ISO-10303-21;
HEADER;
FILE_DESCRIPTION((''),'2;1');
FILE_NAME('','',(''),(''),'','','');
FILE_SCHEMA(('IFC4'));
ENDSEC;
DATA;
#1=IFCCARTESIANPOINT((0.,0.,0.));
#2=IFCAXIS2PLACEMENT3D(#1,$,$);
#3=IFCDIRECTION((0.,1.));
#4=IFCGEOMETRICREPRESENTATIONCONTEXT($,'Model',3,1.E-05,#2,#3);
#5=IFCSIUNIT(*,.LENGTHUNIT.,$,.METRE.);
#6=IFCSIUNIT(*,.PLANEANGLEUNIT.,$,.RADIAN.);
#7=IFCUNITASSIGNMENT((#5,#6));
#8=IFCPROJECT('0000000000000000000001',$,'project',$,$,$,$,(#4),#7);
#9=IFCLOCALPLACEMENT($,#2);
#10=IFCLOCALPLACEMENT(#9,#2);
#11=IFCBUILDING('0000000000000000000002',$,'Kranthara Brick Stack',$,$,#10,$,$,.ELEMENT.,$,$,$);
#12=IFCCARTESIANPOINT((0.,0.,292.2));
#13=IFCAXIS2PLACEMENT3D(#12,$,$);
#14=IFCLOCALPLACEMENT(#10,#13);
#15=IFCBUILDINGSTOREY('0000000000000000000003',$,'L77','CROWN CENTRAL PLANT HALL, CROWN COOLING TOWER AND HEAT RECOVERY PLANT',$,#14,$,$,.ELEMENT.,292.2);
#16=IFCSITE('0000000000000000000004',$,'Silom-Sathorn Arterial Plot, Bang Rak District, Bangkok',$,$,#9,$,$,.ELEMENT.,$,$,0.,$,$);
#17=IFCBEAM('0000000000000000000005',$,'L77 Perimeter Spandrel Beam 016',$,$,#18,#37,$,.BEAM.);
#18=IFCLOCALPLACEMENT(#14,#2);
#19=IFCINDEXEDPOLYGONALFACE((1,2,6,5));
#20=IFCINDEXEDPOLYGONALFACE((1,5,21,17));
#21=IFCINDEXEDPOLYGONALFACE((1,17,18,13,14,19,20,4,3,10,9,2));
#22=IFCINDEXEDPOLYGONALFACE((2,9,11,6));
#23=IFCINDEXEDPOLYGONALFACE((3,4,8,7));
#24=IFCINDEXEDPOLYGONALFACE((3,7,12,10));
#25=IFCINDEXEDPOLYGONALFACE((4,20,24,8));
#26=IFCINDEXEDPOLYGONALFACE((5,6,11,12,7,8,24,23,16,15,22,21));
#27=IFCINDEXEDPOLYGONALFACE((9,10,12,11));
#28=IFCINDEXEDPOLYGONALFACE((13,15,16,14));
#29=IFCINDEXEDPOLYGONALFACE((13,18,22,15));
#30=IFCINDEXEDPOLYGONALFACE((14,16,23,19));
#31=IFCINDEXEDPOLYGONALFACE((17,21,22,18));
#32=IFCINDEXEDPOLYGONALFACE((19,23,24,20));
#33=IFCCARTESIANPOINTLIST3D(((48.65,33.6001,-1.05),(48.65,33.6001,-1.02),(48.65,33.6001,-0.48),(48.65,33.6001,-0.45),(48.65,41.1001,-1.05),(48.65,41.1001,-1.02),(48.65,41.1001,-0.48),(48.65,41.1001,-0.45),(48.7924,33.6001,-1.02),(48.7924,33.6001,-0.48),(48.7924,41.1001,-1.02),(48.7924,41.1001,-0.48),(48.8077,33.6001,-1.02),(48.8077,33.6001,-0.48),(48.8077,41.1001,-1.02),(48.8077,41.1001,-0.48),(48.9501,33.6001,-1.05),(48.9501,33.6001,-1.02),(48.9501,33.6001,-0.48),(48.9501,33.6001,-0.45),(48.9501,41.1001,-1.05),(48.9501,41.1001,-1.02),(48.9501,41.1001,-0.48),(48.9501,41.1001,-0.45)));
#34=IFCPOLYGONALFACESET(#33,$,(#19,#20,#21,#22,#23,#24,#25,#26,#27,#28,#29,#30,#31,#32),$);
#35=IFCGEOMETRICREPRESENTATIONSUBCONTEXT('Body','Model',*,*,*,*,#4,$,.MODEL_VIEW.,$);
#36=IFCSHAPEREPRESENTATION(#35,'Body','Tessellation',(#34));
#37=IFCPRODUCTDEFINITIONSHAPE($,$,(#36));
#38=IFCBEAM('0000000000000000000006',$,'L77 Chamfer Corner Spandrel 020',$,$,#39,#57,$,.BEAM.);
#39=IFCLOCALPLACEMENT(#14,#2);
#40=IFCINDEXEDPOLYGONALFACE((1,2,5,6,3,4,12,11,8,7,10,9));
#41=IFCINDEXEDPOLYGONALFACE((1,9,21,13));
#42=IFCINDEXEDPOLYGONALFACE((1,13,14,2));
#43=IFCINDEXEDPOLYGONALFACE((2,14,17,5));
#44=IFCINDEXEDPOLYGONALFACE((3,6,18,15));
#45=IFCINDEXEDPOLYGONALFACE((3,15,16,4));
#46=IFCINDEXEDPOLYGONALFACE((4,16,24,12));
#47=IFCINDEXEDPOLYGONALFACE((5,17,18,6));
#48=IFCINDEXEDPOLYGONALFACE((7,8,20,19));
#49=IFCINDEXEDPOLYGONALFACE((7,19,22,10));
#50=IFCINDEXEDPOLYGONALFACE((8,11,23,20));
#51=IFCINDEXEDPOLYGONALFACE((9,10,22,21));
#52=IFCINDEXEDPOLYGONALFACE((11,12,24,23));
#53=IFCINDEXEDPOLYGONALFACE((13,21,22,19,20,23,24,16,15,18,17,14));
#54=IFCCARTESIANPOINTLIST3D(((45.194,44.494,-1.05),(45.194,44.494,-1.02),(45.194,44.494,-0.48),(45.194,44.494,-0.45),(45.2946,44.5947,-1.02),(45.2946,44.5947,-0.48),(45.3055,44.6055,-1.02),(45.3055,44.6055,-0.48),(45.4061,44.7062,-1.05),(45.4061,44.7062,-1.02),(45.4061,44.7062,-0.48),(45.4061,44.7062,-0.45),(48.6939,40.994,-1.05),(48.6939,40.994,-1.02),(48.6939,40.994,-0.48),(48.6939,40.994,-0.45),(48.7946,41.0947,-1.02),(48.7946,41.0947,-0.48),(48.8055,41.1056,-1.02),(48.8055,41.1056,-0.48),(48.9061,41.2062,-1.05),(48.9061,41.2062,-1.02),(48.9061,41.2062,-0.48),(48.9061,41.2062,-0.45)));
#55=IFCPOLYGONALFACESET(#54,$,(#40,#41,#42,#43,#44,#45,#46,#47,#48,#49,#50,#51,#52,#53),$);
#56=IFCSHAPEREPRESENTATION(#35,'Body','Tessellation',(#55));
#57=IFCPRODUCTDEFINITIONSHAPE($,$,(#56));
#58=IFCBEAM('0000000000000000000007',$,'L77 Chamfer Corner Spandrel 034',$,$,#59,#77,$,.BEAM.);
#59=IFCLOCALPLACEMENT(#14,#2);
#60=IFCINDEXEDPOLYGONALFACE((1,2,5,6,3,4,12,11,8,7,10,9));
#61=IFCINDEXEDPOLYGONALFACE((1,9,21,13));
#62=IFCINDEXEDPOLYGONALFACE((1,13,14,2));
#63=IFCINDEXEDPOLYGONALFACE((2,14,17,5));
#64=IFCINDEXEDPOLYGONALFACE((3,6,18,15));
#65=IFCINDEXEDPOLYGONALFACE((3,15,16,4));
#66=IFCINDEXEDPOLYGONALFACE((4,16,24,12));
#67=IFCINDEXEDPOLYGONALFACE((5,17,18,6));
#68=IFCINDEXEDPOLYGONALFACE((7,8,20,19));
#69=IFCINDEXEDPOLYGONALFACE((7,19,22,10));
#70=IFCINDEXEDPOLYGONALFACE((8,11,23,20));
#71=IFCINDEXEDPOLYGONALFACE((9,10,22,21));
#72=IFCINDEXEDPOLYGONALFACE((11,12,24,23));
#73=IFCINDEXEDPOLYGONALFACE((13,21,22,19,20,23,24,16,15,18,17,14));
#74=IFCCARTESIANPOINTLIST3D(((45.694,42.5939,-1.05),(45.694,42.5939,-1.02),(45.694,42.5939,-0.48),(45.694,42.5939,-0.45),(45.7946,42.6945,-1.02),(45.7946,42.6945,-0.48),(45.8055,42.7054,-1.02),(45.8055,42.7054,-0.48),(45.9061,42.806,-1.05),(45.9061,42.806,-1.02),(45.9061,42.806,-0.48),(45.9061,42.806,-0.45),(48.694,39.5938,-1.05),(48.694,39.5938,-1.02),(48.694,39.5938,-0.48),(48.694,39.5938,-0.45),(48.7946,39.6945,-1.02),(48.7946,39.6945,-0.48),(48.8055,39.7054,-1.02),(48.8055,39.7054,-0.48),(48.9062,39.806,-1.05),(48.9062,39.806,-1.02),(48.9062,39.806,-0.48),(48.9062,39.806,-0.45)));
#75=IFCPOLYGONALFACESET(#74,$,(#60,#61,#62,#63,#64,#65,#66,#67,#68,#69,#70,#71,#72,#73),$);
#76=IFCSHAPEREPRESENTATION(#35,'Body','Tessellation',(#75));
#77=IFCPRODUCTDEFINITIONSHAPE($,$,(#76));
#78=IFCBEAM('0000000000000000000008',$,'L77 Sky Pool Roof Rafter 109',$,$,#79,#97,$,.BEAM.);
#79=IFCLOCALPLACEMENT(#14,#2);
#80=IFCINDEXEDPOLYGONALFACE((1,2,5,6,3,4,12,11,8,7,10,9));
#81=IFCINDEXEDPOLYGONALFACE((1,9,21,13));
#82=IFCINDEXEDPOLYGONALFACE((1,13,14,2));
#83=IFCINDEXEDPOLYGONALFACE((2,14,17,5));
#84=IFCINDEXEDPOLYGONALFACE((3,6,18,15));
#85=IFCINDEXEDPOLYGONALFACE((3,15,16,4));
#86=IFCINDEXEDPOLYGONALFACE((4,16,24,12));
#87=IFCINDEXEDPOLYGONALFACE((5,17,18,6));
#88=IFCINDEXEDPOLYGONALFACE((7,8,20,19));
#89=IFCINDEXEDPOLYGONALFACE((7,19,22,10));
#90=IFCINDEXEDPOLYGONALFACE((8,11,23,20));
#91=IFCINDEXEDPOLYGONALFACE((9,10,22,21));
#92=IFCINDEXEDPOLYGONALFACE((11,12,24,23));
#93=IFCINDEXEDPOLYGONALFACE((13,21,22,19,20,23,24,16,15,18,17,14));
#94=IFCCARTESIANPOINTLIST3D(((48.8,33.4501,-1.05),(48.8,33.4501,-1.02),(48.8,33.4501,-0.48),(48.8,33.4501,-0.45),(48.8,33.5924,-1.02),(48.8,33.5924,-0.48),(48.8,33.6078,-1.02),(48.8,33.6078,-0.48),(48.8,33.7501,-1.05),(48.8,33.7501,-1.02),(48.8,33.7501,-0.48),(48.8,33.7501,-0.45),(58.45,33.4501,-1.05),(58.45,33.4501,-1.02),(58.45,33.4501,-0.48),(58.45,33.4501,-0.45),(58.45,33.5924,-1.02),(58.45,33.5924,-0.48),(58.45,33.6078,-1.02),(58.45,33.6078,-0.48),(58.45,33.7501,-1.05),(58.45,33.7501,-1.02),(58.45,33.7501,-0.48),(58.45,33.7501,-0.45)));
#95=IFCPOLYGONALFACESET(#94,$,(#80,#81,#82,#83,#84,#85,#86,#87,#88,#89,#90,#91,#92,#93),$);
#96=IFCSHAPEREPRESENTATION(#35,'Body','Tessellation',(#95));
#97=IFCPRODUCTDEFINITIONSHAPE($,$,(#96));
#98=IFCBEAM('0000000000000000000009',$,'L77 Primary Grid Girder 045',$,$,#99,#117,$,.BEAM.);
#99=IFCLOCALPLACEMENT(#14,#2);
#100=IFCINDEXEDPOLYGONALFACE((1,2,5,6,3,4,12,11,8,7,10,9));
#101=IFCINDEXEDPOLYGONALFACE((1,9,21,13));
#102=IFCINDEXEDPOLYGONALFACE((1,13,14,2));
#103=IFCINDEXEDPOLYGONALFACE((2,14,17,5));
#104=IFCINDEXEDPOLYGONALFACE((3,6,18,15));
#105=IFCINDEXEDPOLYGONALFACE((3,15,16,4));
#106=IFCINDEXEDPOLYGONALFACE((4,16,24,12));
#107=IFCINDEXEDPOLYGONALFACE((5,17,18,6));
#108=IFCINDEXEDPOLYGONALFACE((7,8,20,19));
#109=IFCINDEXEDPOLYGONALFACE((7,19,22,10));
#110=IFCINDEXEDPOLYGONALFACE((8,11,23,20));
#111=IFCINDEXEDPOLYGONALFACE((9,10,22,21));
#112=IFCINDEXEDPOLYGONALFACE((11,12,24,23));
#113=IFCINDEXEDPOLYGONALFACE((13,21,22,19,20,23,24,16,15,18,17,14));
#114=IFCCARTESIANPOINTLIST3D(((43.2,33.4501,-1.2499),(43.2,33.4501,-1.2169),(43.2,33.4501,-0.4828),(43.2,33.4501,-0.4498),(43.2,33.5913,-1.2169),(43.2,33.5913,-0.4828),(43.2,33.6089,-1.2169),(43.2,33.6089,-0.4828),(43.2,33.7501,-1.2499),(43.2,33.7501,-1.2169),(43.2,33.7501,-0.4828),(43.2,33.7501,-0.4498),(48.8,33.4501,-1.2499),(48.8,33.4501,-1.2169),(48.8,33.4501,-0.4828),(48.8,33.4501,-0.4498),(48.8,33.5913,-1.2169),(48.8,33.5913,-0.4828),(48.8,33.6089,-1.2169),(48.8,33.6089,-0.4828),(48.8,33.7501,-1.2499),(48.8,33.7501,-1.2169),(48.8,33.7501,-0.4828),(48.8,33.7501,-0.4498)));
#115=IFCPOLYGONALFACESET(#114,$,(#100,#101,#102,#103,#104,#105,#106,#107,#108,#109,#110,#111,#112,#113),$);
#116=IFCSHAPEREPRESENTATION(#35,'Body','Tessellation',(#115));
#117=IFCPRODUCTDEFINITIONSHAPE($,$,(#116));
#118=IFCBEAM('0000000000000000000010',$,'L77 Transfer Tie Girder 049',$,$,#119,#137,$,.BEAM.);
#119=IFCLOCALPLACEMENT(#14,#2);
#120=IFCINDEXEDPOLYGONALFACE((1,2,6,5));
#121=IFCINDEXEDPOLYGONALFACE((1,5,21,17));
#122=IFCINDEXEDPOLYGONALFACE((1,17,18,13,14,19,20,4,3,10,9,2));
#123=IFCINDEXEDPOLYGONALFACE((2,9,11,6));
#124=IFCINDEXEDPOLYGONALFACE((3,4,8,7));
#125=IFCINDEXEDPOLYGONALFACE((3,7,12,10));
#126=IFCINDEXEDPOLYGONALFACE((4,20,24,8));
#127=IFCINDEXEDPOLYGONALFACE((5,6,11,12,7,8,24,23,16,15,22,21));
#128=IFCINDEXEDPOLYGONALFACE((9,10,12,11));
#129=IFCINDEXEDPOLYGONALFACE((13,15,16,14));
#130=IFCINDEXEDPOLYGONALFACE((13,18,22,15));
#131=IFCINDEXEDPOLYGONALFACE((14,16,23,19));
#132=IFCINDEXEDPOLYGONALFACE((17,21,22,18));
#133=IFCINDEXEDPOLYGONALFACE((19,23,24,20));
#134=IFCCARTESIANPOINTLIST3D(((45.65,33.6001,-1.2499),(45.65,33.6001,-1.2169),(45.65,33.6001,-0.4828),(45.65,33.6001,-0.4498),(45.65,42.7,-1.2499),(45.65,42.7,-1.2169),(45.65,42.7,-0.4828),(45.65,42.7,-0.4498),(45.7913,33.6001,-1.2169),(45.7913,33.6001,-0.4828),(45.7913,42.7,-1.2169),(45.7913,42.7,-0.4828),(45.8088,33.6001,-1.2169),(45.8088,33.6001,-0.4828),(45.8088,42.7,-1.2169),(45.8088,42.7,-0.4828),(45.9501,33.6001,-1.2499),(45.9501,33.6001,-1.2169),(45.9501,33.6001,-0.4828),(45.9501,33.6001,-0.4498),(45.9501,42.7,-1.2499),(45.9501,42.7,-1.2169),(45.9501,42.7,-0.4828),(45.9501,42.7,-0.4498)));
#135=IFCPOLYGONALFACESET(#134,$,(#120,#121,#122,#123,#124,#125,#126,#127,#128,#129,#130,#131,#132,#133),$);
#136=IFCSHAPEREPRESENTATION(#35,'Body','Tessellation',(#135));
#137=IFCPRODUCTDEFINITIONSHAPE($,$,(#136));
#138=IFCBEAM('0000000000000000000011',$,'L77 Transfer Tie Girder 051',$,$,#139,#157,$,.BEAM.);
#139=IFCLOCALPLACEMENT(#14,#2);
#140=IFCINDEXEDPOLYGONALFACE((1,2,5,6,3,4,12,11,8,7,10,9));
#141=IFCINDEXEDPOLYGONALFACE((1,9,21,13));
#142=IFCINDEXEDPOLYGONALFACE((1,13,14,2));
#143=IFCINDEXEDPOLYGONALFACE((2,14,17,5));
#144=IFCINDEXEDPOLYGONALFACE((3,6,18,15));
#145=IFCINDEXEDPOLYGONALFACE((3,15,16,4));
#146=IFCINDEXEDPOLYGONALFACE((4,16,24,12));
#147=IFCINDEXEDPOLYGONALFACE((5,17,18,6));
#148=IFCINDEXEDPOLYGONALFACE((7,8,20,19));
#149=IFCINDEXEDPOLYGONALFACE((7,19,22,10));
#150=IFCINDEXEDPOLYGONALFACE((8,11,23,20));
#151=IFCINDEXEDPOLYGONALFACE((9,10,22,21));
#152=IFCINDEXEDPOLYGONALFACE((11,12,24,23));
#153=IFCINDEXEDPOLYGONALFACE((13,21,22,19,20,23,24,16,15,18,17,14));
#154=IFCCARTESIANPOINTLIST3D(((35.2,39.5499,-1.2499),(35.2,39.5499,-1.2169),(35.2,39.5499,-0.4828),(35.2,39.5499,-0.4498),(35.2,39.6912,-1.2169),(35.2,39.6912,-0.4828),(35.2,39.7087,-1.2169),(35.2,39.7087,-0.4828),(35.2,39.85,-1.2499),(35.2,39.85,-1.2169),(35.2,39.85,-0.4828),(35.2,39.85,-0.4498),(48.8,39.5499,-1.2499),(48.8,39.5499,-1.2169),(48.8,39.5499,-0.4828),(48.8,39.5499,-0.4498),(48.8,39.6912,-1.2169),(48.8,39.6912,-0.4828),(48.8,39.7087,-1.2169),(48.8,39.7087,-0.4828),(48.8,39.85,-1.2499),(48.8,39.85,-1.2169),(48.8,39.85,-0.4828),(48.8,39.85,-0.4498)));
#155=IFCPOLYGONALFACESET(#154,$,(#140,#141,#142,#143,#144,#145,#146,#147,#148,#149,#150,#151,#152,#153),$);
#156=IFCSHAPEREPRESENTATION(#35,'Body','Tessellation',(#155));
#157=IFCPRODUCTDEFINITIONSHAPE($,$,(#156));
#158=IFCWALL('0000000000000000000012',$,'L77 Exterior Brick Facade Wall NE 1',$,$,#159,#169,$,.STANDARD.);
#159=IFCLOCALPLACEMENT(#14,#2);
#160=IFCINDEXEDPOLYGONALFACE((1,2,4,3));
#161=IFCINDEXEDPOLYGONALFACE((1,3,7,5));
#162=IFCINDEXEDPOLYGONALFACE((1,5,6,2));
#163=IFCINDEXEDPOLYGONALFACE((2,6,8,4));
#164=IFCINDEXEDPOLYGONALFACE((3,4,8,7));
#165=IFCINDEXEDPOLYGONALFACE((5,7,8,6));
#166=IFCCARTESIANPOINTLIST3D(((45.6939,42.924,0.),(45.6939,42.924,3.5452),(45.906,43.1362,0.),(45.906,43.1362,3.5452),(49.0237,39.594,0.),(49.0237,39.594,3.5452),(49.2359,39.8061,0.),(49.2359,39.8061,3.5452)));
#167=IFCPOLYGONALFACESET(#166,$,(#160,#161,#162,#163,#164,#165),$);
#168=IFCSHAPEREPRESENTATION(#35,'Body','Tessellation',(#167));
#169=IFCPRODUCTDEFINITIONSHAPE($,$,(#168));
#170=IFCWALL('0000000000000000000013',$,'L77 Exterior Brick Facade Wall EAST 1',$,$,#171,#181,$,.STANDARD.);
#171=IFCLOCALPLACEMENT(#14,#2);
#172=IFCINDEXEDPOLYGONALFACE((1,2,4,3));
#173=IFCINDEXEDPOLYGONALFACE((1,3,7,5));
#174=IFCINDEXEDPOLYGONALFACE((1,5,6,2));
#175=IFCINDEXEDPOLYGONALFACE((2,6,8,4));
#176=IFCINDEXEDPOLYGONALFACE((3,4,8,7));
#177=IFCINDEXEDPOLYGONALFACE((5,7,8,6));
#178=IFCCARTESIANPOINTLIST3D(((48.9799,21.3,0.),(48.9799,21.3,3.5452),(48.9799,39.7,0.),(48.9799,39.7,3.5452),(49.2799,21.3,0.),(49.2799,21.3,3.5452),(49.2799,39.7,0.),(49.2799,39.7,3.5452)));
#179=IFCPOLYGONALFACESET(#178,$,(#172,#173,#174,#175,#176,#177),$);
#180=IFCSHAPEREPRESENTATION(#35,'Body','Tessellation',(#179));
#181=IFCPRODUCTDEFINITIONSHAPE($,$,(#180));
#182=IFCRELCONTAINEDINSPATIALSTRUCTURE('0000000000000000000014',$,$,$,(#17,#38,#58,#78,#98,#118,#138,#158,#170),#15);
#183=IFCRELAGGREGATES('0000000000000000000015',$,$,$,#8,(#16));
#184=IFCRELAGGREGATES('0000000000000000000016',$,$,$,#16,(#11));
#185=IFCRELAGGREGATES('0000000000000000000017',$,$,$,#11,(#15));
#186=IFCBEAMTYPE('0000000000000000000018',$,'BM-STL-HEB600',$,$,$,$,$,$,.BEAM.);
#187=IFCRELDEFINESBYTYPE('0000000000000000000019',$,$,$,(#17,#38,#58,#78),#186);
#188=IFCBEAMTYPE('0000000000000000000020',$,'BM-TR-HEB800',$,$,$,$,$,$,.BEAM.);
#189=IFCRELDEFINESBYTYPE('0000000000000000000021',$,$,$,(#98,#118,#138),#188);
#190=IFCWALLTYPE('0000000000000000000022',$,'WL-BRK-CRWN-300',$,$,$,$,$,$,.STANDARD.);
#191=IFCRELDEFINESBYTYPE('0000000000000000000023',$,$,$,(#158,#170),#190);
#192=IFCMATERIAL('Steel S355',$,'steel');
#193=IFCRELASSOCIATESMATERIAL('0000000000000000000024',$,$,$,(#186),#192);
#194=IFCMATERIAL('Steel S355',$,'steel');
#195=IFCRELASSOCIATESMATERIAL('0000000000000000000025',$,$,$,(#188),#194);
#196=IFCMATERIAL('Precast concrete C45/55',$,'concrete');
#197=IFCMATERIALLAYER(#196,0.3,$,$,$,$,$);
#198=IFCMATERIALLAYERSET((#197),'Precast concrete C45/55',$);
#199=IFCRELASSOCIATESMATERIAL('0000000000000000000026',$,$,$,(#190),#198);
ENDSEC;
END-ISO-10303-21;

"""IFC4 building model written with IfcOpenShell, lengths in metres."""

from ifc_helpers import new_model, si_unit, direction, frame, frame_2d, origin, origin_2d, place, context, subcontext, project, spatial, rectangle, i_section, extrude, material, layer, layer_set, material_profile, profile_set, type_object, element, save


model = new_model("IFC4")

# Units and contexts
model_context = context("Model", 3, precision=1e-05, world=origin(), true_north=direction((0.0, 1.0)))
body_context = subcontext(model_context, "Body", "Model", "MODEL_VIEW")
ifc_project = project(units=[si_unit("LENGTHUNIT", "METRE"), si_unit("PLANEANGLEUNIT", "RADIAN")], contexts=[model_context])

# Site, building, storey
site_placement = place(None, origin())
site = spatial("IfcSite", under=ifc_project, at=site_placement, Name="Silom-Sathorn Arterial Plot, Bang Rak District, Bangkok", CompositionType="ELEMENT", RefElevation=0.0)
building_placement = place(site_placement, origin())
building = spatial("IfcBuilding", under=site, at=building_placement, Name="Kranthara Brick Stack", CompositionType="ELEMENT")
storey_placement = place(building_placement, frame((0.0, 0.0, 292.2)))
storey = spatial("IfcBuildingStorey", under=building, at=storey_placement, Name="L77", Description="CROWN CENTRAL PLANT HALL, CROWN COOLING TOWER AND HEAT RECOVERY PLANT", CompositionType="ELEMENT", Elevation=292.2)

# Beams
ifc_material_1 = material(Name="Steel S355", Category="steel")
ifc_material_profile_1 = material_profile(ifc_material_1, i_section(OverallWidth=0.3, OverallDepth=0.6001, WebThickness=0.0154, FlangeThickness=0.03, at=origin_2d()), Name="HEB 600")
ifc_profile_set_1 = profile_set([ifc_material_profile_1], Name="Steel S355")
beam_type_1 = type_object("IfcBeamType", Name="BM-STL-HEB600", PredefinedType="BEAM", material=ifc_profile_set_1)
beam_1_placement = place(storey_placement, frame((48.8, 33.6001, -0.75), z_axis=(0.0, 1.0, 0.0), x_axis=(-1.0, 0.0, 0.0)))
element("IfcBeam", 1, at=beam_1_placement, inside=storey, type_object=beam_type_1, Name="L77 Perimeter Spandrel Beam 016", PredefinedType="BEAM", context=body_context, shape_type="SweptSolid", body=[
    extrude(i_section(OverallWidth=0.3, OverallDepth=0.6001, WebThickness=0.0154, FlangeThickness=0.03, at=origin_2d()), origin(), (0.0, 0.0, 1.0), 7.5),
])
beam_2_placement = place(storey_placement, frame((45.3, 44.6001, -0.75), z_axis=(0.707107, -0.707107, 0.0), x_axis=(0.707107, 0.707107, 0.0)))
element("IfcBeam", 2, at=beam_2_placement, inside=storey, type_object=beam_type_1, Name="L77 Chamfer Corner Spandrel 020", PredefinedType="BEAM", context=body_context, shape_type="SweptSolid", body=[
    extrude(i_section(OverallWidth=0.3, OverallDepth=0.6001, WebThickness=0.0154, FlangeThickness=0.03, at=origin_2d()), origin(), (0.0, 0.0, 1.0), 4.9497),
])
beam_3_placement = place(storey_placement, frame((45.8, 42.7, -0.75), z_axis=(0.707107, -0.707107, 0.0), x_axis=(0.707107, 0.707107, 0.0)))
element("IfcBeam", 3, at=beam_3_placement, inside=storey, type_object=beam_type_1, Name="L77 Chamfer Corner Spandrel 034", PredefinedType="BEAM", context=body_context, shape_type="SweptSolid", body=[
    extrude(i_section(OverallWidth=0.3, OverallDepth=0.6001, WebThickness=0.0154, FlangeThickness=0.03, at=origin_2d()), origin(), (0.0, 0.0, 1.0), 4.2427),
])
beam_4_placement = place(storey_placement, frame((48.8, 33.6001, -0.75), z_axis=(1.0, 0.0, 0.0), x_axis=(0.0, 1.0, 0.0)))
element("IfcBeam", 4, at=beam_4_placement, inside=storey, type_object=beam_type_1, Name="L77 Sky Pool Roof Rafter 109", PredefinedType="BEAM", context=body_context, shape_type="SweptSolid", body=[
    extrude(i_section(OverallWidth=0.3, OverallDepth=0.6001, WebThickness=0.0154, FlangeThickness=0.03, at=origin_2d()), origin(), (0.0, 0.0, 1.0), 9.6499),
])
ifc_material_2 = material(Name="Steel S355", Category="steel")
ifc_material_profile_2 = material_profile(ifc_material_2, i_section(OverallWidth=0.3, OverallDepth=0.8, WebThickness=0.0176, FlangeThickness=0.033, at=origin_2d()), Name="HEB 800")
ifc_profile_set_2 = profile_set([ifc_material_profile_2], Name="Steel S355")
beam_type_2 = type_object("IfcBeamType", Name="BM-TR-HEB800", PredefinedType="BEAM", material=ifc_profile_set_2)
beam_5_placement = place(storey_placement, frame((43.2, 33.6001, -0.8499), z_axis=(1.0, 0.0, 0.0), x_axis=(0.0, 1.0, 0.0)))
element("IfcBeam", 5, at=beam_5_placement, inside=storey, type_object=beam_type_2, Name="L77 Primary Grid Girder 045", PredefinedType="BEAM", context=body_context, shape_type="SweptSolid", body=[
    extrude(i_section(OverallWidth=0.3, OverallDepth=0.8, WebThickness=0.0176, FlangeThickness=0.033, at=origin_2d()), origin(), (0.0, 0.0, 1.0), 5.6001),
])
beam_6_placement = place(storey_placement, frame((45.8, 42.7, -0.8499), z_axis=(0.0, -1.0, 0.0), x_axis=(1.0, 0.0, 0.0)))
element("IfcBeam", 6, at=beam_6_placement, inside=storey, type_object=beam_type_2, Name="L77 Transfer Tie Girder 049", PredefinedType="BEAM", context=body_context, shape_type="SweptSolid", body=[
    extrude(i_section(OverallWidth=0.3, OverallDepth=0.8, WebThickness=0.0176, FlangeThickness=0.033, at=origin_2d()), origin(), (0.0, 0.0, 1.0), 9.0999),
])
beam_7_placement = place(storey_placement, frame((48.8, 39.7, -0.8499), z_axis=(-1.0, 0.0, 0.0), x_axis=(0.0, -1.0, 0.0)))
element("IfcBeam", 7, at=beam_7_placement, inside=storey, type_object=beam_type_2, Name="L77 Transfer Tie Girder 051", PredefinedType="BEAM", context=body_context, shape_type="SweptSolid", body=[
    extrude(i_section(OverallWidth=0.3, OverallDepth=0.8, WebThickness=0.0176, FlangeThickness=0.033, at=origin_2d()), origin(), (0.0, 0.0, 1.0), 13.6001),
])

# Walls
ifc_material_3 = material(Name="Precast concrete C45/55", Category="concrete")
ifc_layer_1 = layer(ifc_material_3, 0.3)
ifc_layer_set_1 = layer_set([ifc_layer_1], Name="Precast concrete C45/55")
wall_type_1 = type_object("IfcWallType", Name="WL-BRK-CRWN-300", PredefinedType="STANDARD", material=ifc_layer_set_1)
wall_1_placement = place(storey_placement, frame((45.8, 43.03, 0.0), z_axis=(0.0, 0.0, 1.0), x_axis=(0.707081, -0.707133, 0.0)))
element("IfcWall", 8, at=wall_1_placement, inside=storey, type_object=wall_type_1, Name="L77 Exterior Brick Facade Wall NE 1", PredefinedType="STANDARD", context=body_context, shape_type="SweptSolid", body=[
    extrude(rectangle(XDim=4.7092, YDim=0.3, at=frame_2d((2.3545, 0.0))), origin(), (0.0, 0.0, 1.0), 3.5452),
])
wall_2_placement = place(storey_placement, frame((49.1299, 39.7, 0.0), z_axis=(0.0, 0.0, 1.0), x_axis=(0.0, -1.0, 0.0)))
element("IfcWall", 9, at=wall_2_placement, inside=storey, type_object=wall_type_1, Name="L77 Exterior Brick Facade Wall EAST 1", PredefinedType="STANDARD", context=body_context, shape_type="SweptSolid", body=[
    extrude(rectangle(XDim=18.3999, YDim=0.3, at=frame_2d((9.2, 0.0))), origin(), (0.0, 0.0, 1.0), 3.5452),
])

save(model, "model.ifc")
